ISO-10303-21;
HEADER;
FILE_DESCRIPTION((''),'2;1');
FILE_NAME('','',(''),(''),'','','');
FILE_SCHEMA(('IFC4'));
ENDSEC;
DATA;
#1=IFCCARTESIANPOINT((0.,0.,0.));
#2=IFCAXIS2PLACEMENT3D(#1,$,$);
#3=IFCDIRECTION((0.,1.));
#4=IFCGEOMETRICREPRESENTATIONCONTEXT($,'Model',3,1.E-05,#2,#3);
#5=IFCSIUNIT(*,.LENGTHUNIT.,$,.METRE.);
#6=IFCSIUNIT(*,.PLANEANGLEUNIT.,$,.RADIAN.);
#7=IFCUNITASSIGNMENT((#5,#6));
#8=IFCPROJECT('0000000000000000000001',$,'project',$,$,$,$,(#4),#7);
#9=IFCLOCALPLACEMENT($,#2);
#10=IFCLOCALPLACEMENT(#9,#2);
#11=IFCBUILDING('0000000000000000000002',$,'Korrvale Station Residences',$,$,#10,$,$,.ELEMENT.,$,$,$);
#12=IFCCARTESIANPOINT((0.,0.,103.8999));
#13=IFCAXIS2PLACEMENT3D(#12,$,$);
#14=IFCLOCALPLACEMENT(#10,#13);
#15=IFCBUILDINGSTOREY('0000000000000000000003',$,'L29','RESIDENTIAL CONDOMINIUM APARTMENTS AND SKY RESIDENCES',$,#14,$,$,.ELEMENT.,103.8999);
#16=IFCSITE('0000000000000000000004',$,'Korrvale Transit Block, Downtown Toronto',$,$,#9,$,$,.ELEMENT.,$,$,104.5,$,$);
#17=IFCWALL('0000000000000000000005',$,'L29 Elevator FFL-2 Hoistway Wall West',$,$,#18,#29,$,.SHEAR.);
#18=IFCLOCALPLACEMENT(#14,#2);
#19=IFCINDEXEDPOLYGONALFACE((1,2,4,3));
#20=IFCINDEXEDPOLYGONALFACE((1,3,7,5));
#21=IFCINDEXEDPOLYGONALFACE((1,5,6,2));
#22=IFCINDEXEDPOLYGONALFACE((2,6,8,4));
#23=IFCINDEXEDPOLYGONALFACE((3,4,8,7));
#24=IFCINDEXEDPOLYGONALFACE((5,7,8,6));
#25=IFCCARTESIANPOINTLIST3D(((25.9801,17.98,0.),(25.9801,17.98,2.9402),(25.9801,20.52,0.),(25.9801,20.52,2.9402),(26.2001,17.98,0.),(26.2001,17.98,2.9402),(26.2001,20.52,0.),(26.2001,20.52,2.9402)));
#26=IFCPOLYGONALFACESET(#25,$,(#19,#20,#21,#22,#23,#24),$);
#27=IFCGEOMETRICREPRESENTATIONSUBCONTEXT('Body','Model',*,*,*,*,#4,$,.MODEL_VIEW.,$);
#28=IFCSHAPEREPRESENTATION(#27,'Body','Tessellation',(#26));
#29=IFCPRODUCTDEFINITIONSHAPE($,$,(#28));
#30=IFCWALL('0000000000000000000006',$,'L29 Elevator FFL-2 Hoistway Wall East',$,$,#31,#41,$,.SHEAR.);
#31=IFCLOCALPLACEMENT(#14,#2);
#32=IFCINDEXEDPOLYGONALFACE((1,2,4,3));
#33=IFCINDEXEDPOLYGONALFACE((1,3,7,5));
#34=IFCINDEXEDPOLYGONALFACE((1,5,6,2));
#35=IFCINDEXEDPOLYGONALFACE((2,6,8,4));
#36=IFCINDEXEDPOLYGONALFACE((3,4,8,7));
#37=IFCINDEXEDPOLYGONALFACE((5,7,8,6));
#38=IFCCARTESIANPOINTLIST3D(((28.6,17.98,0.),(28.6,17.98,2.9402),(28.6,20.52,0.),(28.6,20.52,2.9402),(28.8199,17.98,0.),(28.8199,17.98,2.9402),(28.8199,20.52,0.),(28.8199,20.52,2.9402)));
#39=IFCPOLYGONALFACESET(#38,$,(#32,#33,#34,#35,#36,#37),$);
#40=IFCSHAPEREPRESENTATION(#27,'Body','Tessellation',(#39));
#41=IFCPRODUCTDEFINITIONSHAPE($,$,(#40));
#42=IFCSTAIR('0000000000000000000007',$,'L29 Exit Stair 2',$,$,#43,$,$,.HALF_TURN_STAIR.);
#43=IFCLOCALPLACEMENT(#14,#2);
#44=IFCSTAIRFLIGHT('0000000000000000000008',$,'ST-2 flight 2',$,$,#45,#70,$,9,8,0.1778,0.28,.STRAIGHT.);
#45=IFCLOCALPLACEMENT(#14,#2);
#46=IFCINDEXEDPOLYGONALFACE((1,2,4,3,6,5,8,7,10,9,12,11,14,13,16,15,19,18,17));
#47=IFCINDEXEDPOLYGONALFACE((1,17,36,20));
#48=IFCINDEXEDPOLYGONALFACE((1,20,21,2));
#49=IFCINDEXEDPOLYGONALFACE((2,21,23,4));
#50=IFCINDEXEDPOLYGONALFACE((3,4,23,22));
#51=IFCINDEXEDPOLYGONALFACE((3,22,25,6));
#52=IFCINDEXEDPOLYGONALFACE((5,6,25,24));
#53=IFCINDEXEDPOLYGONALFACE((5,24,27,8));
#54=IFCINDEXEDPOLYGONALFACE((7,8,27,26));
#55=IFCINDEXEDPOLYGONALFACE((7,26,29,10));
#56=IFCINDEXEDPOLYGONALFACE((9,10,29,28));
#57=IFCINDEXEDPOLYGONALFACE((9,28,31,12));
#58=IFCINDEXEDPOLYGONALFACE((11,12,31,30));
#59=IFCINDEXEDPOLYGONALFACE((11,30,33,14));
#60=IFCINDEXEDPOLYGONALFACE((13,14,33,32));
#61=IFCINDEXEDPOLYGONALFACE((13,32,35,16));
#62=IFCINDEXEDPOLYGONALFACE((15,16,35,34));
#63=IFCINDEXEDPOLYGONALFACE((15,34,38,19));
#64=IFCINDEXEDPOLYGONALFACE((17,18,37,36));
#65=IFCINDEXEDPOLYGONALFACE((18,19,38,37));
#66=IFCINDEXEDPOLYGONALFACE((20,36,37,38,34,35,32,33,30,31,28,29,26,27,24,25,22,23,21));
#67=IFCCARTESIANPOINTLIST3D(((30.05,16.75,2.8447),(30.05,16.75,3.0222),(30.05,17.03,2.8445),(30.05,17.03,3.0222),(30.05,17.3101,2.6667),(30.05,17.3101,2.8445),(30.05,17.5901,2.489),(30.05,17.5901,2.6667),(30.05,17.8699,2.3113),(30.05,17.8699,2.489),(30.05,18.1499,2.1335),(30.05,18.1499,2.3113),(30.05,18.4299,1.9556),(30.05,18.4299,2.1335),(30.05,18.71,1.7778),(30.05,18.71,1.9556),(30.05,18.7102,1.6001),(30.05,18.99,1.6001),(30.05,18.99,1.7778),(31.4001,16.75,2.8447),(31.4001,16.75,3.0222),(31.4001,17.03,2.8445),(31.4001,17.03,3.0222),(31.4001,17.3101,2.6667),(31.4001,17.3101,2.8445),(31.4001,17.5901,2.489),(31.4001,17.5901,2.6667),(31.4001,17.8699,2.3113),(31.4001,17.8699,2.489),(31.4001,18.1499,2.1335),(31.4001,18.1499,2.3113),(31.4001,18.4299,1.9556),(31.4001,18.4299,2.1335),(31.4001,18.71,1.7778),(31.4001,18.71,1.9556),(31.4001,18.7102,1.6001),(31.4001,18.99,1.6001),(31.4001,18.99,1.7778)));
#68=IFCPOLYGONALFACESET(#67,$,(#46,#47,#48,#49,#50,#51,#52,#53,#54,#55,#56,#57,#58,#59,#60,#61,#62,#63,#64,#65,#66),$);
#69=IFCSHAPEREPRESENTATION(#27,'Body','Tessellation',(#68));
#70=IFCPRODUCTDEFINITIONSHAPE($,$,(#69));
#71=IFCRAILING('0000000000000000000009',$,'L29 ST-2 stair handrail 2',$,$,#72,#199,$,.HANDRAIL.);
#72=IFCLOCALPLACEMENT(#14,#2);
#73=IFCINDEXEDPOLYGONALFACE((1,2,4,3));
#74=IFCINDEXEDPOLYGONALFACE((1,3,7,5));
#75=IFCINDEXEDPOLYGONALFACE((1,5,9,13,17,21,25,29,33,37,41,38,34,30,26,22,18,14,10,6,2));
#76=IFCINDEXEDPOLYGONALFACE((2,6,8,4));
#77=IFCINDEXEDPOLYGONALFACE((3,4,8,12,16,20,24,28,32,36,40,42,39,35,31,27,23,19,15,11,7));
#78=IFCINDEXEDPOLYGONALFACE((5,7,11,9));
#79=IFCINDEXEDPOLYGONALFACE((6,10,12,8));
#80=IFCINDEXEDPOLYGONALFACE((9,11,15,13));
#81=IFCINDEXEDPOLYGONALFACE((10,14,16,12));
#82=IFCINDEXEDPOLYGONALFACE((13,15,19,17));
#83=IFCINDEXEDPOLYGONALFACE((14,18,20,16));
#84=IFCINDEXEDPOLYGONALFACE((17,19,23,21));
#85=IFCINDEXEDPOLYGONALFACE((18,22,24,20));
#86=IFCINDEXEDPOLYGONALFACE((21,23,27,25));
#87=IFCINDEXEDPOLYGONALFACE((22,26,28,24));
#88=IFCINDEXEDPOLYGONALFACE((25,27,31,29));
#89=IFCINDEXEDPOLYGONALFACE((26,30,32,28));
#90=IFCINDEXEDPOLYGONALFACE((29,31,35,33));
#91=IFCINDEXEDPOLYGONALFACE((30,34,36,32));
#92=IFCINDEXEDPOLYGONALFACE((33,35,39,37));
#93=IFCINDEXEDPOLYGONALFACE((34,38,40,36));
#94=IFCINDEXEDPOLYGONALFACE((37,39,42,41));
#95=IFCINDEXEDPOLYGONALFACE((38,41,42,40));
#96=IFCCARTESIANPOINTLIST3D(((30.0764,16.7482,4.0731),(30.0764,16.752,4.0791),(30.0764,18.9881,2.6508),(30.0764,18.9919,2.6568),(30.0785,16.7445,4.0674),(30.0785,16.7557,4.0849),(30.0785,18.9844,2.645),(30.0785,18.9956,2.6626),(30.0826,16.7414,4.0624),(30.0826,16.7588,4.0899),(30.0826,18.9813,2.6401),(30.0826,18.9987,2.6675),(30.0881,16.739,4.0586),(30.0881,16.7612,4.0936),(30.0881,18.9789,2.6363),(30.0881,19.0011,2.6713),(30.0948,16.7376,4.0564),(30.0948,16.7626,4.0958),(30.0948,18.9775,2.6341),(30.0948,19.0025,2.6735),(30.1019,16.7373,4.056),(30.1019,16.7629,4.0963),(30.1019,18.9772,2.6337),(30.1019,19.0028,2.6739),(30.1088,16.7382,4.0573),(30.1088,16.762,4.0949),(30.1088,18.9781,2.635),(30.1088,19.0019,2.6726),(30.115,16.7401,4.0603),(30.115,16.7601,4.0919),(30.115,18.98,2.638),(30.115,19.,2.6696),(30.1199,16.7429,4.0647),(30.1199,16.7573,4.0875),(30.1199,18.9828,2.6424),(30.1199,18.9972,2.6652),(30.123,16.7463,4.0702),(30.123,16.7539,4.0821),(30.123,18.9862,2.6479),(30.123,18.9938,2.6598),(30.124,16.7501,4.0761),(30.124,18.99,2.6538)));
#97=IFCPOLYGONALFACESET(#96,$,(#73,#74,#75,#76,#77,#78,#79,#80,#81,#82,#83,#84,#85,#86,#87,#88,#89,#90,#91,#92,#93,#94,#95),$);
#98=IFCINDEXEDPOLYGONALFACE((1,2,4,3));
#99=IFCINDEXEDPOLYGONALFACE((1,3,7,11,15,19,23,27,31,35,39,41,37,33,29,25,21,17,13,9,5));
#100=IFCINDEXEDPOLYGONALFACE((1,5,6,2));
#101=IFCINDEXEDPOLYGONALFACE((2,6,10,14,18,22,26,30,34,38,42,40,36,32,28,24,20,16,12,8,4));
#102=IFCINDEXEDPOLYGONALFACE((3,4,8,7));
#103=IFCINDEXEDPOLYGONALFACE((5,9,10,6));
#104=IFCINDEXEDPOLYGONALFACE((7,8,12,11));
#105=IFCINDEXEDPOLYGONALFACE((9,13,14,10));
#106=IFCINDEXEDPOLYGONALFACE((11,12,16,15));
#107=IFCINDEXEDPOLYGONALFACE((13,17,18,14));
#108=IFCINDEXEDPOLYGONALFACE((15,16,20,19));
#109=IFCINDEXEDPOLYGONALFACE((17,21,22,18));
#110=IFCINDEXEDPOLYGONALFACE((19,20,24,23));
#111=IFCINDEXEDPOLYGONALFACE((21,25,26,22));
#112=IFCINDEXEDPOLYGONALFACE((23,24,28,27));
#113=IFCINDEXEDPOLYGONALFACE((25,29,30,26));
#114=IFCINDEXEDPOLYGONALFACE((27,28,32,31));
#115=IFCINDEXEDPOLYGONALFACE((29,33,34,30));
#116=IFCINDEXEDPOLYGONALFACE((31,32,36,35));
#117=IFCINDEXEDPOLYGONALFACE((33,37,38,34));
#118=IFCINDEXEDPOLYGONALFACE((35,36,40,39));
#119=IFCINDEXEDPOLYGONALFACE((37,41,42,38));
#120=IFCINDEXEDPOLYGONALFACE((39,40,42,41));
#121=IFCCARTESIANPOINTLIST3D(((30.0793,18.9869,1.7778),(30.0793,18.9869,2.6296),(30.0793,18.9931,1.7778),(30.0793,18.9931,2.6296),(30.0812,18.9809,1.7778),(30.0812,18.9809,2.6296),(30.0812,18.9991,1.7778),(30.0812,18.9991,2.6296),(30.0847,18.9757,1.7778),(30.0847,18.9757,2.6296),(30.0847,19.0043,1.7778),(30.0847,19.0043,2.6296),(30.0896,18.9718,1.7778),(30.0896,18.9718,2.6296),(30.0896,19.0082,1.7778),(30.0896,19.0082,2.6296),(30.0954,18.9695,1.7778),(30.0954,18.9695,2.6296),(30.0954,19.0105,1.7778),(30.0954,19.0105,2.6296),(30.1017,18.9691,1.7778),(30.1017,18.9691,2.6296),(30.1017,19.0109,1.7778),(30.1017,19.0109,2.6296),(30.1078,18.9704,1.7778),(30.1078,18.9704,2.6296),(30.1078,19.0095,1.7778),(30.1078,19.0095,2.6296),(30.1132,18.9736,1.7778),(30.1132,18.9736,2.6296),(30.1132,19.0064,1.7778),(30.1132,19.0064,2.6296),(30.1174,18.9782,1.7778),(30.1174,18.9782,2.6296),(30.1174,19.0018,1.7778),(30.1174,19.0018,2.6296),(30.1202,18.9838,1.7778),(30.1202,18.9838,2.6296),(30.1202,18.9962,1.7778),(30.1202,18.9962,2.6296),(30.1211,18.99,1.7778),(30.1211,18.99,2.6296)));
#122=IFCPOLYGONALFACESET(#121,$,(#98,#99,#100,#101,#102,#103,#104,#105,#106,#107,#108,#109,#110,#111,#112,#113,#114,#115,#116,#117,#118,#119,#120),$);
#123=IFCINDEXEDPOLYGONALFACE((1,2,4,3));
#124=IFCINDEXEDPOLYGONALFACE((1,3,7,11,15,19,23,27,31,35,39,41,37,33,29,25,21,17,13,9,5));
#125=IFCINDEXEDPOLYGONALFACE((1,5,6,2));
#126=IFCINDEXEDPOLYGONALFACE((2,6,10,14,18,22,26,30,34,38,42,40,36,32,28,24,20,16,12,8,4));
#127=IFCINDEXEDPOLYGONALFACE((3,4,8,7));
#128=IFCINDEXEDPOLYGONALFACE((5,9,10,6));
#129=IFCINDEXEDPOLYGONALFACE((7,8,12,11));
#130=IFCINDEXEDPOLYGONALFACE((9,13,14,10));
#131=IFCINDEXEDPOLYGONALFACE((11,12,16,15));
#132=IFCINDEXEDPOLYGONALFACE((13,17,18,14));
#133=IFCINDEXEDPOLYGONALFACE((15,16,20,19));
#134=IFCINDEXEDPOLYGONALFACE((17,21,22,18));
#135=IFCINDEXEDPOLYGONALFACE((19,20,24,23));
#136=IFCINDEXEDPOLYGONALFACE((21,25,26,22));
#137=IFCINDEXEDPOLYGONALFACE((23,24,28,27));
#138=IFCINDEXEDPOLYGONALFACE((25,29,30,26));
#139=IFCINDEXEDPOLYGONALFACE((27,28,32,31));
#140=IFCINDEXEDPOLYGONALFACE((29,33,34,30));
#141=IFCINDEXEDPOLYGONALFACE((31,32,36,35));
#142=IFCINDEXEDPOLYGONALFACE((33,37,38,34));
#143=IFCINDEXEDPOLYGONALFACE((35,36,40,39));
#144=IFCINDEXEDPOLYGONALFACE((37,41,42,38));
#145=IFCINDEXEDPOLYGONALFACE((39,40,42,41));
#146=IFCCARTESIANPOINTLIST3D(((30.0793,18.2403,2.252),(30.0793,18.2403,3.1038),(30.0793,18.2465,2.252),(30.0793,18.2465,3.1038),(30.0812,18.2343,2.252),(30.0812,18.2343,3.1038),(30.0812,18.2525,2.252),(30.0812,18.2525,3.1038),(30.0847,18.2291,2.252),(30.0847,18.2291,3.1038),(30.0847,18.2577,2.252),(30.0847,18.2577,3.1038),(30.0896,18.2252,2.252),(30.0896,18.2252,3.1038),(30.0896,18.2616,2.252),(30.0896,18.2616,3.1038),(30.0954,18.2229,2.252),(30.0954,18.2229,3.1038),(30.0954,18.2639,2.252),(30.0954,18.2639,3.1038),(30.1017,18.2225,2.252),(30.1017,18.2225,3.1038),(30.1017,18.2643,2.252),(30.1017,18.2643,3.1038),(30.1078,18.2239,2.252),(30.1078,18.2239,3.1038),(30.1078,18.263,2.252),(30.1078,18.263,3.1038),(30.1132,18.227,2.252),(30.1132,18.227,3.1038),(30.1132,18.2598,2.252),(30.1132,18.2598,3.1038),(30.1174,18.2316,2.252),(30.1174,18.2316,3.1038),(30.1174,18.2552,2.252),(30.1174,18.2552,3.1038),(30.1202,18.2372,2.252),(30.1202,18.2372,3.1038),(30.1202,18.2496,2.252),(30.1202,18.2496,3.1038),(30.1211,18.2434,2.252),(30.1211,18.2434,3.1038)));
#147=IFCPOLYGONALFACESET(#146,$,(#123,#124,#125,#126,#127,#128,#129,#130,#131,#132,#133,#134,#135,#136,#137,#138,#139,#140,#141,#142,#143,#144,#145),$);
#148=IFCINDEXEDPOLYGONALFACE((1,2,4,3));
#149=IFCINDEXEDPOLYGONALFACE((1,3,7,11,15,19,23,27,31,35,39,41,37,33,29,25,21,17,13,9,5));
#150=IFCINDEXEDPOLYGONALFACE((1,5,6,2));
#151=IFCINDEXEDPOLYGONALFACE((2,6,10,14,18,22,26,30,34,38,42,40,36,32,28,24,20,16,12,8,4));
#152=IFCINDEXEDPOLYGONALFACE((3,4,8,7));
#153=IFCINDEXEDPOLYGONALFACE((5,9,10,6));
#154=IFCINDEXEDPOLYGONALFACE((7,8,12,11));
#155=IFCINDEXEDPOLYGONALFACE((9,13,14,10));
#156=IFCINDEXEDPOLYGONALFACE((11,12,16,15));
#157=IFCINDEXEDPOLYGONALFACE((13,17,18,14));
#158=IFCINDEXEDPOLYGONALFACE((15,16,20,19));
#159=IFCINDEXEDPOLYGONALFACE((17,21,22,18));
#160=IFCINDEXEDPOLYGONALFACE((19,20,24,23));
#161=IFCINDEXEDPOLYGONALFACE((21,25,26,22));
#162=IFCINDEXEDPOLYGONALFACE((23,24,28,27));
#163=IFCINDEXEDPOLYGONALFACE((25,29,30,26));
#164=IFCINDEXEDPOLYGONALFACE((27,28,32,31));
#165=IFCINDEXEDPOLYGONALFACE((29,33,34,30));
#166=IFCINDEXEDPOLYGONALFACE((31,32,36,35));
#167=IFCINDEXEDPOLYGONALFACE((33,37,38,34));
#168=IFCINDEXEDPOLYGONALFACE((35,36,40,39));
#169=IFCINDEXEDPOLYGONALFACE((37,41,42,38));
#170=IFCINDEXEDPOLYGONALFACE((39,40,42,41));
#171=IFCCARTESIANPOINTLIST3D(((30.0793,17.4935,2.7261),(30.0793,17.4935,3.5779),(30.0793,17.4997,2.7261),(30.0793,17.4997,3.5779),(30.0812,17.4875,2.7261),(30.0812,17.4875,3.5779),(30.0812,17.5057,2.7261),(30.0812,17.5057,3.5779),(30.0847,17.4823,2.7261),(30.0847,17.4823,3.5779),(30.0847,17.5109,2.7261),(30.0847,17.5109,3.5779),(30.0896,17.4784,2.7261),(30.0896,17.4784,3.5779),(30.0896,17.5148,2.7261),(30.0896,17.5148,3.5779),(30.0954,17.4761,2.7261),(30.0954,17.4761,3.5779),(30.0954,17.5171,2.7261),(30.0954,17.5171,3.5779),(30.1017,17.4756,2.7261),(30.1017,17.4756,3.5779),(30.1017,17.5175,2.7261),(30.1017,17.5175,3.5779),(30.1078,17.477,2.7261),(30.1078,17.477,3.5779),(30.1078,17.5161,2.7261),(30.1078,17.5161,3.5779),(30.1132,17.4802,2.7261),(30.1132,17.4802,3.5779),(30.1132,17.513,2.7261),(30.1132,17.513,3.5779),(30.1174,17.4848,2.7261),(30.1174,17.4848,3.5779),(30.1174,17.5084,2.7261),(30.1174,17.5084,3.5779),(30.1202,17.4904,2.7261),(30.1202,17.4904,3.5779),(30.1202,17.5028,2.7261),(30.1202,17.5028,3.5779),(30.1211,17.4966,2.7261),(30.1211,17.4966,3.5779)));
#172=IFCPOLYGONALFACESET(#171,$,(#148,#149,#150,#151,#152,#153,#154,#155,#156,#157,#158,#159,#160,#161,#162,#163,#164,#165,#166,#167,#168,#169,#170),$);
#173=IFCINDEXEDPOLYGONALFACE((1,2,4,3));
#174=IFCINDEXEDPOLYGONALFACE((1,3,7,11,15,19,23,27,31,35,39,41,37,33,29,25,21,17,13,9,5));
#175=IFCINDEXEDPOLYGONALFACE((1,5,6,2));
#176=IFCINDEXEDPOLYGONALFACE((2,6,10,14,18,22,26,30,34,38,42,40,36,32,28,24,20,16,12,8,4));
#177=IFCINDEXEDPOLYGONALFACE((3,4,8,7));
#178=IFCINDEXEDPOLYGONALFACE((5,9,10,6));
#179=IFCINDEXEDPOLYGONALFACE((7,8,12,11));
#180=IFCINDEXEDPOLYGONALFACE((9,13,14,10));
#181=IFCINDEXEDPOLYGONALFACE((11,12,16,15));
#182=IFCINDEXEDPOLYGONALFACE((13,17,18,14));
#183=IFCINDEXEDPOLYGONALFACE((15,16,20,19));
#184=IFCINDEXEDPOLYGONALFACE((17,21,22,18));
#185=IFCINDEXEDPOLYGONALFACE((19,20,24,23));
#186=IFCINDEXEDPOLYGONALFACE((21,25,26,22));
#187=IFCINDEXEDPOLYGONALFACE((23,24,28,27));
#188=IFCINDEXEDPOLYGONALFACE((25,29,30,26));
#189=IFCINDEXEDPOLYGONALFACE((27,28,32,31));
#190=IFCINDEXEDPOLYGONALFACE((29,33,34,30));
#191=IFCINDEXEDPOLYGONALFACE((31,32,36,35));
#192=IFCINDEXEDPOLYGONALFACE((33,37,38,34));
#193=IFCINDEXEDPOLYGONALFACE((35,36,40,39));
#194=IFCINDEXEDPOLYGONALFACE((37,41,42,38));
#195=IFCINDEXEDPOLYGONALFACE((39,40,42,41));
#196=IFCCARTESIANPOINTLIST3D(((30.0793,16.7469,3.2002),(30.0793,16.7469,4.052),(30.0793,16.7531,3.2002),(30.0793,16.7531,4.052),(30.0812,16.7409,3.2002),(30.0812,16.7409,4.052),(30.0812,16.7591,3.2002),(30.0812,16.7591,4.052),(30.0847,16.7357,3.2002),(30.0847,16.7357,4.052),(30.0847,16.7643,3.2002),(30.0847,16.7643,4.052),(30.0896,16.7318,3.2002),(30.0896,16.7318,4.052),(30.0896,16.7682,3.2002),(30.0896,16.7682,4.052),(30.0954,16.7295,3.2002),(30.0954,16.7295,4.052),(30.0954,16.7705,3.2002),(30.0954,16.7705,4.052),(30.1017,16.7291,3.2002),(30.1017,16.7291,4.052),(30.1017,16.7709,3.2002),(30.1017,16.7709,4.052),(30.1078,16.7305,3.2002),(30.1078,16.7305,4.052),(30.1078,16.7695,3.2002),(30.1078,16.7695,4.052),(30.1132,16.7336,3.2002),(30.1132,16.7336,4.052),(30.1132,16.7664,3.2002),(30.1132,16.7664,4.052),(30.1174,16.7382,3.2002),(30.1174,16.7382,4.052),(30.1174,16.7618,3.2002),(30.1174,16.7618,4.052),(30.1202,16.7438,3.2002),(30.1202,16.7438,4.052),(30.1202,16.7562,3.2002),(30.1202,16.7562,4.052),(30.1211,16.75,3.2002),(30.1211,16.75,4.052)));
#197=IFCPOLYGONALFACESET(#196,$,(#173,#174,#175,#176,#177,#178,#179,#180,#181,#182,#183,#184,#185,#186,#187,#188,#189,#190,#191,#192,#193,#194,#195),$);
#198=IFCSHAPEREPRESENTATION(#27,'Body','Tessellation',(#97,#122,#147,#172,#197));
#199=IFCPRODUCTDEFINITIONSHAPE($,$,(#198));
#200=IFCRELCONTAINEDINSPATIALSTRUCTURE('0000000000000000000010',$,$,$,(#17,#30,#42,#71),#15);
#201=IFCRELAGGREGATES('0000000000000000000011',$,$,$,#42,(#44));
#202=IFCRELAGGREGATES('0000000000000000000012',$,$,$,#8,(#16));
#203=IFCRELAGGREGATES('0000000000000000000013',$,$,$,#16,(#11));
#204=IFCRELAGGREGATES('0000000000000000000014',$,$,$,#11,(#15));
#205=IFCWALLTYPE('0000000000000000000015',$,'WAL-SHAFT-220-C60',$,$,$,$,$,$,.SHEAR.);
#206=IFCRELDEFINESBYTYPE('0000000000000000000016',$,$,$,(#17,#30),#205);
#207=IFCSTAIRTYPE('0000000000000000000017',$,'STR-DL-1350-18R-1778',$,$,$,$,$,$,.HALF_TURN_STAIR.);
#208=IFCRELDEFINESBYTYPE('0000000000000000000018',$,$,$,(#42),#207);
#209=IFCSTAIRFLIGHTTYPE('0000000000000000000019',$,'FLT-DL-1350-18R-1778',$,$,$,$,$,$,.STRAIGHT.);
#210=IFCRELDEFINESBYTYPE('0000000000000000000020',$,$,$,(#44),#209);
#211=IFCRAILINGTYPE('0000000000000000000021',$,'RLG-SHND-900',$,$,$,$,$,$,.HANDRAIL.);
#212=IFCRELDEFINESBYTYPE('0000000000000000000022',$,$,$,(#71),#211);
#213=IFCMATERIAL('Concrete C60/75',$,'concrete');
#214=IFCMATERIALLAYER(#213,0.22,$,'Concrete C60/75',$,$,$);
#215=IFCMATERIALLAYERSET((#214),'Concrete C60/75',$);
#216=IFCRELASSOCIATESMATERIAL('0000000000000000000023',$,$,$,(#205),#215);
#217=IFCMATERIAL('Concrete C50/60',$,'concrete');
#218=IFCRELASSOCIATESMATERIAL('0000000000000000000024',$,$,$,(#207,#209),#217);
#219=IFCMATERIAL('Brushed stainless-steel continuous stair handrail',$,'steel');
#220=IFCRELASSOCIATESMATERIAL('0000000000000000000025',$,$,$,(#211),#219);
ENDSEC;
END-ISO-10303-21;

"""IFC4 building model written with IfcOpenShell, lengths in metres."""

from ifc_helpers import new_model, si_unit, direction, frame, frame_2d, origin, origin_2d, place, context, subcontext, project, spatial, polyline, rectangle, circle, outline, extrude, material, layer, layer_set, type_object, element, aggregate, save


model = new_model("IFC4")

# Units and contexts
model_context = context("Model", 3, precision=1e-05, world=origin(), true_north=direction((0.0, 1.0)))
body_context = subcontext(model_context, "Body", "Model", "MODEL_VIEW")
ifc_project = project(units=[si_unit("LENGTHUNIT", "METRE"), si_unit("PLANEANGLEUNIT", "RADIAN")], contexts=[model_context])

# Site, building, storey
site_placement = place(None, origin())
site = spatial("IfcSite", under=ifc_project, at=site_placement, Name="Korrvale Transit Block, Downtown Toronto", CompositionType="ELEMENT", RefElevation=104.5)
building_placement = place(site_placement, origin())
building = spatial("IfcBuilding", under=site, at=building_placement, Name="Korrvale Station Residences", CompositionType="ELEMENT")
storey_placement = place(building_placement, frame((0.0, 0.0, 103.8999)))
storey = spatial("IfcBuildingStorey", under=building, at=storey_placement, Name="L29", Description="RESIDENTIAL CONDOMINIUM APARTMENTS AND SKY RESIDENCES", CompositionType="ELEMENT", Elevation=103.8999)

# Shared definitions
ifc_material_1 = material(Name="Concrete C60/75", Category="concrete")

# Shared definitions
ifc_layer_1 = layer(ifc_material_1, 0.22, Name="Concrete C60/75")
ifc_layer_set_1 = layer_set([ifc_layer_1], Name="Concrete C60/75")
wall_type_1 = type_object("IfcWallType", Name="WAL-SHAFT-220-C60", PredefinedType="SHEAR", material=ifc_layer_set_1)

# Walls
for number, where, z_axis, x_axis, name in (
    (1, (26.0901, 17.98, 0.0), (0.0, 0.0, 1.0), (0.0, 1.0, 0.0), "L29 Elevator FFL-2 Hoistway Wall West"),
    (2, (28.71, 17.98, 0.0), (0.0, 0.0, 1.0), (0.0, 1.0, 0.0), "L29 Elevator FFL-2 Hoistway Wall East"),
):
    element("IfcWall", number, at=place(storey_placement, frame(where, z_axis=z_axis, x_axis=x_axis)), inside=storey, type_object=wall_type_1, Name=name, PredefinedType="SHEAR", context=body_context, shape_type="SweptSolid", body=[
        extrude(rectangle(XDim=2.54, YDim=0.22, at=frame_2d((1.27, 0.0))), origin(), (0.0, 0.0, 1.0), 2.9402),
    ])

# Stair, stair flight
ifc_material_2 = material(Name="Concrete C50/60", Category="concrete")
stair_type = type_object("IfcStairType", Name="STR-DL-1350-18R-1778", PredefinedType="HALF_TURN_STAIR", material=ifc_material_2)
stair_placement = place(storey_placement, origin())
stair = element("IfcStair", 3, at=stair_placement, inside=storey, type_object=stair_type, Name="L29 Exit Stair 2", PredefinedType="HALF_TURN_STAIR")
stair_flight_type = type_object("IfcStairFlightType", Name="FLT-DL-1350-18R-1778", PredefinedType="STRAIGHT", material=ifc_material_2)
stair_flight_placement = place(storey_placement, frame((30.7251, 18.99, 1.6001), z_axis=(0.0, 0.0, 1.0), x_axis=(0.0, -1.0, 0.0)))
stair_flight = element("IfcStairFlight", 4, at=stair_flight_placement, type_object=stair_flight_type, Name="ST-2 flight 2", NumberOfRisers=9, NumberOfTreads=8, PredefinedType="STRAIGHT", RiserHeight=0.1778, TreadLength=0.28, context=body_context, shape_type="SweptSolid", body=[
    extrude(outline(polyline([(0.0, 0.0), (0.0, 0.1777), (0.28, 0.1777), (0.28, 0.3555), (0.5601, 0.3555), (0.5601, 0.5334), (0.8401, 0.5334), (0.8401, 0.7112), (1.1201, 0.7112), (1.1201, 0.8889), (1.3999, 0.8889), (1.3999, 1.0667), (1.6799, 1.0667), (1.6799, 1.2444), (1.96, 1.2444), (1.96, 1.4221), (2.24, 1.4221), (2.24, 1.6001), (2.24, 1.2446), (0.2798, 0.0), (0.0, 0.0)])), frame((0.0, 0.675, 0.0), z_axis=(0.0, -1.0, 0.0), x_axis=(1.0, 0.0, 0.0)), (0.0, 0.0, 1.0), 1.3501),
])
aggregate(stair, [stair_flight])

# Railing
ifc_material_3 = material(Name="Brushed stainless-steel continuous stair handrail", Category="steel")
railing_type_1 = type_object("IfcRailingType", Name="RLG-SHND-900", PredefinedType="HANDRAIL", material=ifc_material_3)
railing_1_placement = place(storey_placement, frame((30.1001, 18.99, 1.7778)))
element("IfcRailing", 5, at=railing_1_placement, inside=storey, type_object=railing_type_1, Name="L29 ST-2 stair handrail 2", PredefinedType="HANDRAIL", context=body_context, shape_type="SweptSolid", body=[
    extrude(circle(Radius=0.0239, at=origin_2d()), frame((0.0, 0.0, 0.876), z_axis=(0.0, -0.844188, 0.536048), x_axis=(1.0, 0.0, 0.0)), (0.0, 0.0, 1.0), 2.6533),
    extrude(circle(Radius=0.021, at=origin_2d()), origin(), (0.0, 0.0, 1.0), 0.8518),
    extrude(circle(Radius=0.021, at=origin_2d()), frame((0.0, -0.7466, 0.4741)), (0.0, 0.0, 1.0), 0.8518),
    extrude(circle(Radius=0.021, at=origin_2d()), frame((0.0, -1.4934, 0.9482)), (0.0, 0.0, 1.0), 0.8518),
    extrude(circle(Radius=0.021, at=origin_2d()), frame((0.0, -2.24, 1.4224)), (0.0, 0.0, 1.0), 0.8518),
])

save(model, "model.ifc")
